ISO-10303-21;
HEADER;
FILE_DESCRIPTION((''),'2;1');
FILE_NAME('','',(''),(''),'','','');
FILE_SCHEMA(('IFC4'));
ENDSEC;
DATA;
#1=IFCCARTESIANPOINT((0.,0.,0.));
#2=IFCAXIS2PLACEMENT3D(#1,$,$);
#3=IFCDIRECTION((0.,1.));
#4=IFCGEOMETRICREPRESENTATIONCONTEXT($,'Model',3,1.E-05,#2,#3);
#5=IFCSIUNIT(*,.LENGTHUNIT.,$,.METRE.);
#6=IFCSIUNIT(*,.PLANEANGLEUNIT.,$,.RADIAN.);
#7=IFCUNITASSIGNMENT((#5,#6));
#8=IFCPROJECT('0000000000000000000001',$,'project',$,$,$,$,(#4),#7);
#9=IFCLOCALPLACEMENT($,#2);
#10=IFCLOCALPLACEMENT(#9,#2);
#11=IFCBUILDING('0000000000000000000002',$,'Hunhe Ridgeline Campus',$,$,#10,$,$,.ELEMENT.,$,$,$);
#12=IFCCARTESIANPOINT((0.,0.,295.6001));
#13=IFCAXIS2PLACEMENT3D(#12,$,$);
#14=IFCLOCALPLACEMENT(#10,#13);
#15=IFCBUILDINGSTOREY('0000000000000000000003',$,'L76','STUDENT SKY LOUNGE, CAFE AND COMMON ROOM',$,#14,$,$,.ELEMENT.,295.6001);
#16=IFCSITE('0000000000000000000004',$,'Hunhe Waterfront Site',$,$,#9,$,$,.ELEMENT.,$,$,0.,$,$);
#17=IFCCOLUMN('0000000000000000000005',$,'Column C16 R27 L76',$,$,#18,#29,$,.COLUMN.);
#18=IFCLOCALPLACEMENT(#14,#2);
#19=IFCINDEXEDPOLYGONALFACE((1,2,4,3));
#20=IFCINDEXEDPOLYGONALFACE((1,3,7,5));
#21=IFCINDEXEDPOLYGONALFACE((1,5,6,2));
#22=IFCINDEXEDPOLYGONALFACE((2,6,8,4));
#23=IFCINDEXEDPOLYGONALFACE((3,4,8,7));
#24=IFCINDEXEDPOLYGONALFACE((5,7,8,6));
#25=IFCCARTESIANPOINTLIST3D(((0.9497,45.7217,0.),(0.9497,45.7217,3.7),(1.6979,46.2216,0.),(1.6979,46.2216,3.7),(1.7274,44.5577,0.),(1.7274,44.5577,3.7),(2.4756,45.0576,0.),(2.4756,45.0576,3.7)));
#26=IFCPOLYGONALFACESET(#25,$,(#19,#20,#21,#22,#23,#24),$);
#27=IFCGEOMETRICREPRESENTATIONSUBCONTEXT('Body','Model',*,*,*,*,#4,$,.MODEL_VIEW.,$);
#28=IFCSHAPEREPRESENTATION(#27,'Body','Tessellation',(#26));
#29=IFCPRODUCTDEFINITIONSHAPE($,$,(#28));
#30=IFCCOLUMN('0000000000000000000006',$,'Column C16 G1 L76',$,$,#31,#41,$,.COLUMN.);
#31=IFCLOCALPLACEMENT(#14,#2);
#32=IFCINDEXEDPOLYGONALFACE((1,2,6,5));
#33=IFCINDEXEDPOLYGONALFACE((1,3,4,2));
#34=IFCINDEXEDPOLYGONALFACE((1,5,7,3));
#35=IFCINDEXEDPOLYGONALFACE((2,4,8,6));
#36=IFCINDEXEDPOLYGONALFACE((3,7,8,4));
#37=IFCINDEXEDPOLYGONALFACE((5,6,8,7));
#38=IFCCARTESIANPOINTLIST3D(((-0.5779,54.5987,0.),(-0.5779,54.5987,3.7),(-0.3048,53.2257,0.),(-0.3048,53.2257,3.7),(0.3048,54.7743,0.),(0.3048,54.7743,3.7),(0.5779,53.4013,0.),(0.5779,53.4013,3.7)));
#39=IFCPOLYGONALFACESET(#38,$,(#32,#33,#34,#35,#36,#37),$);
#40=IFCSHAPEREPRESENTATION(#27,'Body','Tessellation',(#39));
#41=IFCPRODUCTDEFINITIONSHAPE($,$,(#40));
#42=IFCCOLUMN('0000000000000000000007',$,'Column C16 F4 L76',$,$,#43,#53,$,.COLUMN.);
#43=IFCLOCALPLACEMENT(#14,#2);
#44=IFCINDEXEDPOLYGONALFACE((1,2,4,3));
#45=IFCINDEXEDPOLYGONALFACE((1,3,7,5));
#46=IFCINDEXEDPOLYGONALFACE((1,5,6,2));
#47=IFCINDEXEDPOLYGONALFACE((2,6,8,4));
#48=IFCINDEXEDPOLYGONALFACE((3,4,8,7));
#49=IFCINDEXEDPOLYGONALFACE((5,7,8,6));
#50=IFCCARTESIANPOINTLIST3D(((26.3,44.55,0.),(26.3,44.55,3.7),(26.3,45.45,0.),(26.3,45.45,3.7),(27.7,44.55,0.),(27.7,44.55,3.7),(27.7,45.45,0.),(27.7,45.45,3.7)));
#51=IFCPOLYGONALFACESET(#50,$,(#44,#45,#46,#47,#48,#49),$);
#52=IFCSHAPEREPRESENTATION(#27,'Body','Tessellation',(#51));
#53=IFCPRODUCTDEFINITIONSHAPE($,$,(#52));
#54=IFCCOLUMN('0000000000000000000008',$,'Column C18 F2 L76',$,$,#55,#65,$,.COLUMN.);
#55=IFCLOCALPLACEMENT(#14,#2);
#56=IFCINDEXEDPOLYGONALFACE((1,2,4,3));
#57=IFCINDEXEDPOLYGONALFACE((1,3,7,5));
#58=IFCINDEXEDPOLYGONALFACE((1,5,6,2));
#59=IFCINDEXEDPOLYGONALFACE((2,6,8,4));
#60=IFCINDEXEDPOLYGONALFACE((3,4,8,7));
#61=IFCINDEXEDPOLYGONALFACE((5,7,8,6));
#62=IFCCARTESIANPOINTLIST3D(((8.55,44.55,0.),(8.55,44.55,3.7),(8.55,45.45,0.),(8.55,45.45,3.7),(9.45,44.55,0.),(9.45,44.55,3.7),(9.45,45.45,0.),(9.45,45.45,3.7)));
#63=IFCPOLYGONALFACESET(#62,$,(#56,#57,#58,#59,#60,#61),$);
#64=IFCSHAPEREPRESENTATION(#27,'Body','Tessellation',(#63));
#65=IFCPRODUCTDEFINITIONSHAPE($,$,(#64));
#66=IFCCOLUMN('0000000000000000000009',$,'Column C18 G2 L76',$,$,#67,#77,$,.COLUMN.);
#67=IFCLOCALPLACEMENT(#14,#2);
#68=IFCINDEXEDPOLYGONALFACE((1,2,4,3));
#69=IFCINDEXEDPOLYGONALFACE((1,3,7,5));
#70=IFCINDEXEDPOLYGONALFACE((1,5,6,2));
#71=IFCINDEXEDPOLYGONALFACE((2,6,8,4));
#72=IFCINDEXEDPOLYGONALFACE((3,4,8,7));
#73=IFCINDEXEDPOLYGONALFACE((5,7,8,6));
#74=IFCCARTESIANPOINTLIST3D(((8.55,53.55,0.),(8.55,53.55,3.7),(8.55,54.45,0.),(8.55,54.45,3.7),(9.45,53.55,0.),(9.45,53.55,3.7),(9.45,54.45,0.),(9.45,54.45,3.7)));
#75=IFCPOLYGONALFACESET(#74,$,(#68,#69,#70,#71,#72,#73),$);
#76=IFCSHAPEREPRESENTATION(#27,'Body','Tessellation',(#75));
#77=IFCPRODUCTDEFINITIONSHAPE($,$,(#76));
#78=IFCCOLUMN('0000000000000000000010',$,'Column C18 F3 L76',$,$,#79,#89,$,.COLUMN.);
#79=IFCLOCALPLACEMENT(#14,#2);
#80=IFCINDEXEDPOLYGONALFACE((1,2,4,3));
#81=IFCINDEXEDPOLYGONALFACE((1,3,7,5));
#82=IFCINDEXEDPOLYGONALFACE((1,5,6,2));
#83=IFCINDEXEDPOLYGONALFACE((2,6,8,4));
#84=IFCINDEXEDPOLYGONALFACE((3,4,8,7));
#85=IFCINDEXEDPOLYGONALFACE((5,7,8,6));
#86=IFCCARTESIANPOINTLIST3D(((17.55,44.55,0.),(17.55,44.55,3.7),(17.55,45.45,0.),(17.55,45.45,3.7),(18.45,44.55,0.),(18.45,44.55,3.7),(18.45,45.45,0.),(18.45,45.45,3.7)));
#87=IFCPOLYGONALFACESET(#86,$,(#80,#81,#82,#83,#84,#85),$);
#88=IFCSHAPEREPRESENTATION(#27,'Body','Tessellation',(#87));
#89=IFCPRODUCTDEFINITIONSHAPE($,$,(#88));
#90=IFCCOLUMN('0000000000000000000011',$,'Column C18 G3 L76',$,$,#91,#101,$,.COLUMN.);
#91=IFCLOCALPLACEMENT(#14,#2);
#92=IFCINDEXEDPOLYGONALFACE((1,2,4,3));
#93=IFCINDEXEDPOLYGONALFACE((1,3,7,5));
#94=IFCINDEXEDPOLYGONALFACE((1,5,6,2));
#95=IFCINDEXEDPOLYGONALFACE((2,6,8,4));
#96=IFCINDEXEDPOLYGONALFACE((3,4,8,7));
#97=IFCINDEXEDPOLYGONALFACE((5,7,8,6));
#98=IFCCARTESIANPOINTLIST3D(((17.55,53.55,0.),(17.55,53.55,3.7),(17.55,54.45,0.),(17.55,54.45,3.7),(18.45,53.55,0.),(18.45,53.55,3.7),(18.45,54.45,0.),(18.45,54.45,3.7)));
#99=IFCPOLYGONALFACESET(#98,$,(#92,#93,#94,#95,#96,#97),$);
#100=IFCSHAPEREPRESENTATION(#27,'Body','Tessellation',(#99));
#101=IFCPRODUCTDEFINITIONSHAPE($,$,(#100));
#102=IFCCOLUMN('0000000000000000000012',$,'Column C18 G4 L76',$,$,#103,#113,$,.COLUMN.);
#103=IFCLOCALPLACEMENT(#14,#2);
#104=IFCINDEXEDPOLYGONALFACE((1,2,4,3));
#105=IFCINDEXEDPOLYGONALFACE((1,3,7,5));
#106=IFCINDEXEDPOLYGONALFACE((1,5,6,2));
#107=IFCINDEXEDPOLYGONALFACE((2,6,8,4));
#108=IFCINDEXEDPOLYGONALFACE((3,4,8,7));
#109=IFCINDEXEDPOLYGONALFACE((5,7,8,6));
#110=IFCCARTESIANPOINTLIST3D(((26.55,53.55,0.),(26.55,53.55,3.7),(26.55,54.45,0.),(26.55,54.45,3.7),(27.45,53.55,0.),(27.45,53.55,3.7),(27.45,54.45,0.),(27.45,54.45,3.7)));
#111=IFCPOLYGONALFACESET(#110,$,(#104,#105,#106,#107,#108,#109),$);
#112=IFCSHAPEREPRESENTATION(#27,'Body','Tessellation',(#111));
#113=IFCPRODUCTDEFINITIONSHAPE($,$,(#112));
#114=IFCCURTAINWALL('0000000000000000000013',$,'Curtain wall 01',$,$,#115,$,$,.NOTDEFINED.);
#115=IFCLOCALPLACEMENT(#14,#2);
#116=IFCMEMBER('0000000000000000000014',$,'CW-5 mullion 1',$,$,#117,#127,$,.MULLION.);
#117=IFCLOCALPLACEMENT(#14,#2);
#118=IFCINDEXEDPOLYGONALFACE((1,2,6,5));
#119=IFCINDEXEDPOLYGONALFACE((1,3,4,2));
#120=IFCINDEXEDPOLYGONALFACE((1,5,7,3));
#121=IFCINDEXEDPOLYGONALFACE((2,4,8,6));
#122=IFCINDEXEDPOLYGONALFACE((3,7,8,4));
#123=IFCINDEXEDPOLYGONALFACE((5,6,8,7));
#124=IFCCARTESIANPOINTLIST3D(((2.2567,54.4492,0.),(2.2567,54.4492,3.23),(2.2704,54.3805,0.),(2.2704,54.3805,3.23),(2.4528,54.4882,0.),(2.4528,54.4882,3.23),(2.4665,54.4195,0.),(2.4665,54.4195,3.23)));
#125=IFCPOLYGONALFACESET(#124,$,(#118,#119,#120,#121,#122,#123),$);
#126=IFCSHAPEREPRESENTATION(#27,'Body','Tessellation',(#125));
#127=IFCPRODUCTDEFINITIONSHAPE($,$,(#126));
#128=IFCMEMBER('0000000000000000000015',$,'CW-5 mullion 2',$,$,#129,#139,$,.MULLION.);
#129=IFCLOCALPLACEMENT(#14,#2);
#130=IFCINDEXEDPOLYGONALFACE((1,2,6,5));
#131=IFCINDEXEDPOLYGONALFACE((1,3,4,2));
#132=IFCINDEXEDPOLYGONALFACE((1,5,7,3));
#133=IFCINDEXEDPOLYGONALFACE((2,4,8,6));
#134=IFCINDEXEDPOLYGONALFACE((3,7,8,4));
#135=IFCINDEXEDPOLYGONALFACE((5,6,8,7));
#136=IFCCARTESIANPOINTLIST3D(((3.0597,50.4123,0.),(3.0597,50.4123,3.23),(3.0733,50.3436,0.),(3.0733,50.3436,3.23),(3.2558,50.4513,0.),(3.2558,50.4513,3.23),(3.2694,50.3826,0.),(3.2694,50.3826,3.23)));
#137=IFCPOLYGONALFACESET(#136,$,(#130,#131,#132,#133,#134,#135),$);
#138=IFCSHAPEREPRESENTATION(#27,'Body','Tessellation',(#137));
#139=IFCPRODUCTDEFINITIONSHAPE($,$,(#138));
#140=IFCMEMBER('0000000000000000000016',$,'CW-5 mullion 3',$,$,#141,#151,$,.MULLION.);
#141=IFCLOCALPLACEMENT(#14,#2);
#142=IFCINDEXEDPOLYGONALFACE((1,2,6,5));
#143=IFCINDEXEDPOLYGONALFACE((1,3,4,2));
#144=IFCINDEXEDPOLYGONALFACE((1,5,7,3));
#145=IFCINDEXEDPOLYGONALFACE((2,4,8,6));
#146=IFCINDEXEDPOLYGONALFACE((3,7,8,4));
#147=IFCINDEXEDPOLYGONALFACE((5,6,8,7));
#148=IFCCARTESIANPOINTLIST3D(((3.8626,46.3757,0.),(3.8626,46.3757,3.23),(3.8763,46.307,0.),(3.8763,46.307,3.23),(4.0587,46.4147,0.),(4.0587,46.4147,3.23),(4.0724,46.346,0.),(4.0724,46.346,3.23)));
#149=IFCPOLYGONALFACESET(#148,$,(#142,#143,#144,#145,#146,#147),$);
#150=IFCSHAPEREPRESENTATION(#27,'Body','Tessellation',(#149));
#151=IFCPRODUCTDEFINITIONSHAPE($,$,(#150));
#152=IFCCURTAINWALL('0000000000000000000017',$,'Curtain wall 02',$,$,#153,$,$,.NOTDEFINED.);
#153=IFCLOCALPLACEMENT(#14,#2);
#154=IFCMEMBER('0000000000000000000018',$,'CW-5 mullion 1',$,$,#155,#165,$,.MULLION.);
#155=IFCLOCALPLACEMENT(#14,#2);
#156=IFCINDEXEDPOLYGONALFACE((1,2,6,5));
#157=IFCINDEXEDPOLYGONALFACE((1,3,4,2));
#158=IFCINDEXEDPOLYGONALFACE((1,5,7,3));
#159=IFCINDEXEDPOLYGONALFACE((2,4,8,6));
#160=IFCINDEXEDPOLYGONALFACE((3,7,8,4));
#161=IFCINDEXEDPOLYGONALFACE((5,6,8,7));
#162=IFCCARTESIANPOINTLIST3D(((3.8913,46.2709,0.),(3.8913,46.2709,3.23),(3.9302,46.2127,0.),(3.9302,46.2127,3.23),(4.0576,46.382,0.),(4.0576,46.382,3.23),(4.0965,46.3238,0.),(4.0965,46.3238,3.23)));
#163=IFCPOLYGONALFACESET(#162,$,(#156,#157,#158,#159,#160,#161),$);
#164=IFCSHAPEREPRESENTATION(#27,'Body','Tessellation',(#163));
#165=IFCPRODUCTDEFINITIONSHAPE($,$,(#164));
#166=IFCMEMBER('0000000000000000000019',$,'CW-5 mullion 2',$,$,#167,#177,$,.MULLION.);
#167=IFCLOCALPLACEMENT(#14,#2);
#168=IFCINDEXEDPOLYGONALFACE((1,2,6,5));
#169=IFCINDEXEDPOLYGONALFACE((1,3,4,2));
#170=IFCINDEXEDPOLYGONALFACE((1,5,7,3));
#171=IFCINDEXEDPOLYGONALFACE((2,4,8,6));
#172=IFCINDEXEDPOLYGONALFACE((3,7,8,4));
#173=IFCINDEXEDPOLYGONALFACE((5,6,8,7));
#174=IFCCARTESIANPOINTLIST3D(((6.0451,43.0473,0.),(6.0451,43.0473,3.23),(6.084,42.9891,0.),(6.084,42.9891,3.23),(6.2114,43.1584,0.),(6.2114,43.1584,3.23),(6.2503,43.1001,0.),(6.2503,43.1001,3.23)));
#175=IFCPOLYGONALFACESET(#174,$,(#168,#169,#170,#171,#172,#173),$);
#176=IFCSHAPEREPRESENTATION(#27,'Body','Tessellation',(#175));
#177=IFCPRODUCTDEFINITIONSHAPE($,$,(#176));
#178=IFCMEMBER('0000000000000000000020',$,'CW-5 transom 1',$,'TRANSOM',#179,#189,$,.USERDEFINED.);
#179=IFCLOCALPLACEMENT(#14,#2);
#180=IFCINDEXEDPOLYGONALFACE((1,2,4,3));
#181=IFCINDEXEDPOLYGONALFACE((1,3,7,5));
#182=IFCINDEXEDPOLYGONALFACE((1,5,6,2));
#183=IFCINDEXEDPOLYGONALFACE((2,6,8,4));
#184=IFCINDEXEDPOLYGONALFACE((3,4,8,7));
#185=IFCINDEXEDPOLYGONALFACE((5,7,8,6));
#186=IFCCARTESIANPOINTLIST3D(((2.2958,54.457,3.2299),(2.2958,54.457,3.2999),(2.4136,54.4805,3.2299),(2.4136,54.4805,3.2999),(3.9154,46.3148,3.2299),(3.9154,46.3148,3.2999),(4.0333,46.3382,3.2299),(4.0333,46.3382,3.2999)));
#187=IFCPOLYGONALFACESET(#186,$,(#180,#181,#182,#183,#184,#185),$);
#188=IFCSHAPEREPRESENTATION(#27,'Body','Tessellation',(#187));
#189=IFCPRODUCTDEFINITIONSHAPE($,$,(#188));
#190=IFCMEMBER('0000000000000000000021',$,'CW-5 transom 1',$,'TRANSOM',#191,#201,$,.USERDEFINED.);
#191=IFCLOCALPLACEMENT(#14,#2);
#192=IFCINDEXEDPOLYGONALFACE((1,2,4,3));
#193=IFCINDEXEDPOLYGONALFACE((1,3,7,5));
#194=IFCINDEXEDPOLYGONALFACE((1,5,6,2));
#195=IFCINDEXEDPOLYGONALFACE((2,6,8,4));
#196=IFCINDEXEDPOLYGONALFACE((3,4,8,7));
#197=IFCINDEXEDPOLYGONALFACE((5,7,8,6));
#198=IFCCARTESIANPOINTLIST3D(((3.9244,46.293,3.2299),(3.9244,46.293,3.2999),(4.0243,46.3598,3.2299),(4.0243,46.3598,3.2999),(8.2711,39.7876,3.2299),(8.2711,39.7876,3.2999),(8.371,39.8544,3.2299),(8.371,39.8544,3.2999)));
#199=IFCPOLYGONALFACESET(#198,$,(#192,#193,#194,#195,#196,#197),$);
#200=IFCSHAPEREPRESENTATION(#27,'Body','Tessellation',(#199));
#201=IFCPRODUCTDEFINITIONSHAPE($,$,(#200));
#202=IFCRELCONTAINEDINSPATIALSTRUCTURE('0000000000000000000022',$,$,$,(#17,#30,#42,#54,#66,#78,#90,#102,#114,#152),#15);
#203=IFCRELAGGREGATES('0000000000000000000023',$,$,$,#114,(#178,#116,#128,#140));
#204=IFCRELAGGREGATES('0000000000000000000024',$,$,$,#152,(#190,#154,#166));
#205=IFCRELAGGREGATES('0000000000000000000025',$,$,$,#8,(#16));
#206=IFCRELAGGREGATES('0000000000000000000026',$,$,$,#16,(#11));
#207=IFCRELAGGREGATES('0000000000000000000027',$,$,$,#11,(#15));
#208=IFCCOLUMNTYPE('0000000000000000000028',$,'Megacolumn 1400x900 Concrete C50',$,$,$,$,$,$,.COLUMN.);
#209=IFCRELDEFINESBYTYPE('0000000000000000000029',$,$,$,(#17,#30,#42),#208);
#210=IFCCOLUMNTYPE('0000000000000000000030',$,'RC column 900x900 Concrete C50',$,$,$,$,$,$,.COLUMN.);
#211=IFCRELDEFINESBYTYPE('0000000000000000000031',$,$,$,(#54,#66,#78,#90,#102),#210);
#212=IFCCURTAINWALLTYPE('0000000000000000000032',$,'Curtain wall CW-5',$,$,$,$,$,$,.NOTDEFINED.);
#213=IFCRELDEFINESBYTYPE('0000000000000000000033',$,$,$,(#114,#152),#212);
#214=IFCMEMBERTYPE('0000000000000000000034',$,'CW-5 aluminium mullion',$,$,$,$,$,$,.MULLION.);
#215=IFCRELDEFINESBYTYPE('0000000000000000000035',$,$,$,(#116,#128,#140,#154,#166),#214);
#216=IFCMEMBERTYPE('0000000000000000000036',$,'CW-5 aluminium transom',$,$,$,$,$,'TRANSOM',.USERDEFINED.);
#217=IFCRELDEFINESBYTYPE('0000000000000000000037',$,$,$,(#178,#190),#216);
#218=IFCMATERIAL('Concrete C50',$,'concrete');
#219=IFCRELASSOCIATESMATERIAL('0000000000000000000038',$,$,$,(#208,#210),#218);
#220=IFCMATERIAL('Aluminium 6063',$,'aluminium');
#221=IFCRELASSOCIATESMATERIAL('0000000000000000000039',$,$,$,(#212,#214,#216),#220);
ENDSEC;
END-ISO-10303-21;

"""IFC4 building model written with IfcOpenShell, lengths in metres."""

from ifc_helpers import new_model, si_unit, direction, frame, origin, origin_2d, place, context, subcontext, project, spatial, rectangle, extrude, material, material_profile, profile_set, type_object, element, aggregate, save


model = new_model("IFC4")

# Units and contexts
model_context = context("Model", 3, precision=1e-05, world=origin(), true_north=direction((0.0, 1.0)))
body_context = subcontext(model_context, "Body", "Model", "MODEL_VIEW")
ifc_project = project(units=[si_unit("LENGTHUNIT", "METRE"), si_unit("PLANEANGLEUNIT", "RADIAN")], contexts=[model_context])

# Site, building, storey
site_placement = place(None, origin())
site = spatial("IfcSite", under=ifc_project, at=site_placement, Name="Hunhe Waterfront Site", CompositionType="ELEMENT", RefElevation=0.0)
building_placement = place(site_placement, origin())
building = spatial("IfcBuilding", under=site, at=building_placement, Name="Hunhe Ridgeline Campus", CompositionType="ELEMENT")
storey_placement = place(building_placement, frame((0.0, 0.0, 295.6001)))
storey = spatial("IfcBuildingStorey", under=building, at=storey_placement, Name="L76", Description="STUDENT SKY LOUNGE, CAFE AND COMMON ROOM", CompositionType="ELEMENT", Elevation=295.6001)

# Columns
ifc_material_1 = material(Name="Concrete C50", Category="concrete")
ifc_material_profile_1 = material_profile(ifc_material_1, rectangle(XDim=1.3999, YDim=0.8999, at=origin_2d()))
ifc_profile_set_1 = profile_set([ifc_material_profile_1], Name="Concrete C50")
column_type_1 = type_object("IfcColumnType", Name="Megacolumn 1400x900 Concrete C50", PredefinedType="COLUMN", material=ifc_profile_set_1)
for number, where, z_axis, x_axis, name in (
    (1, (1.7126, 45.3896, 0.0), (0.0, 0.0, 1.0), (-0.55557, 0.83147, 0.0), "Column C16 R27 L76"),
    (2, (0.0, 54.0, 0.0), (0.0, 0.0, 1.0), (-0.19509, 0.980785, 0.0), "Column C16 G1 L76"),
    (3, (27.0, 45.0, 0.0), (0.0, 0.0, 1.0), (1.0, 0.0, 0.0), "Column C16 F4 L76"),
):
    element("IfcColumn", number, at=place(storey_placement, frame(where, z_axis=z_axis, x_axis=x_axis)), inside=storey, type_object=column_type_1, Name=name, PredefinedType="COLUMN", context=body_context, shape_type="SweptSolid", body=[
        extrude(rectangle(XDim=1.3999, YDim=0.8999, at=origin_2d()), origin(), (0.0, 0.0, 1.0), 3.7),
    ])
ifc_material_profile_2 = material_profile(ifc_material_1, rectangle(XDim=0.8999, YDim=0.8999, at=origin_2d()))
ifc_profile_set_2 = profile_set([ifc_material_profile_2], Name="Concrete C50")
column_type_2 = type_object("IfcColumnType", Name="RC column 900x900 Concrete C50", PredefinedType="COLUMN", material=ifc_profile_set_2)
for number, where, z_axis, x_axis, name in (
    (4, (9.0, 45.0, 0.0), (0.0, 0.0, 1.0), (1.0, 0.0, 0.0), "Column C18 F2 L76"),
    (5, (9.0, 54.0, 0.0), (0.0, 0.0, 1.0), (1.0, 0.0, 0.0), "Column C18 G2 L76"),
    (6, (18.0, 45.0, 0.0), (0.0, 0.0, 1.0), (1.0, 0.0, 0.0), "Column C18 F3 L76"),
    (7, (18.0, 54.0, 0.0), (0.0, 0.0, 1.0), (1.0, 0.0, 0.0), "Column C18 G3 L76"),
    (8, (27.0, 54.0, 0.0), (0.0, 0.0, 1.0), (1.0, 0.0, 0.0), "Column C18 G4 L76"),
):
    element("IfcColumn", number, at=place(storey_placement, frame(where, z_axis=z_axis, x_axis=x_axis)), inside=storey, type_object=column_type_2, Name=name, PredefinedType="COLUMN", context=body_context, shape_type="SweptSolid", body=[
        extrude(rectangle(XDim=0.8999, YDim=0.8999, at=origin_2d()), origin(), (0.0, 0.0, 1.0), 3.7),
    ])

# Curtain walls, members
ifc_material_2 = material(Name="Aluminium 6063", Category="aluminium")
curtain_wall_type = type_object("IfcCurtainWallType", Name="Curtain wall CW-5", PredefinedType="NOTDEFINED", material=ifc_material_2)
curtain_wall_1_placement = place(storey_placement, origin())
curtain_wall_1 = element("IfcCurtainWall", 9, at=curtain_wall_1_placement, inside=storey, type_object=curtain_wall_type, Name="Curtain wall 01", PredefinedType="NOTDEFINED")
ifc_material_profile_3 = material_profile(ifc_material_2, rectangle(XDim=0.2, YDim=0.0701, at=origin_2d()))
ifc_profile_set_3 = profile_set([ifc_material_profile_3], Name="Aluminium 6063")
member_type_1 = type_object("IfcMemberType", Name="CW-5 aluminium mullion", PredefinedType="MULLION", material=ifc_profile_set_3)
member_1_placement = place(storey_placement, frame((2.3616, 54.4343, 0.0), z_axis=(0.0, 0.0, 1.0), x_axis=(0.980784, 0.195095, 0.0)))
member_1 = element("IfcMember", 10, at=member_1_placement, type_object=member_type_1, Name="CW-5 mullion 1", PredefinedType="MULLION", context=body_context, shape_type="SweptSolid", body=[
    extrude(rectangle(XDim=0.2, YDim=0.0701, at=origin_2d()), origin(), (0.0, 0.0, 1.0), 3.23),
])
member_2_placement = place(storey_placement, frame((3.1646, 50.3975, 0.0), z_axis=(0.0, 0.0, 1.0), x_axis=(0.980784, 0.195095, 0.0)))
member_2 = element("IfcMember", 11, at=member_2_placement, type_object=member_type_1, Name="CW-5 mullion 2", PredefinedType="MULLION", context=body_context, shape_type="SweptSolid", body=[
    extrude(rectangle(XDim=0.2, YDim=0.0701, at=origin_2d()), origin(), (0.0, 0.0, 1.0), 3.23),
])
member_3_placement = place(storey_placement, frame((3.9675, 46.3608, 0.0), z_axis=(0.0, 0.0, 1.0), x_axis=(0.980784, 0.195095, 0.0)))
member_3 = element("IfcMember", 12, at=member_3_placement, type_object=member_type_1, Name="CW-5 mullion 3", PredefinedType="MULLION", context=body_context, shape_type="SweptSolid", body=[
    extrude(rectangle(XDim=0.2, YDim=0.0701, at=origin_2d()), origin(), (0.0, 0.0, 1.0), 3.23),
])
curtain_wall_2_placement = place(storey_placement, origin())
curtain_wall_2 = element("IfcCurtainWall", 13, at=curtain_wall_2_placement, inside=storey, type_object=curtain_wall_type, Name="Curtain wall 02", PredefinedType="NOTDEFINED")
member_4_placement = place(storey_placement, frame((3.9939, 46.2974, 0.0), z_axis=(0.0, 0.0, 1.0), x_axis=(0.83147, 0.55557, 0.0)))
member_4 = element("IfcMember", 14, at=member_4_placement, type_object=member_type_1, Name="CW-5 mullion 1", PredefinedType="MULLION", context=body_context, shape_type="SweptSolid", body=[
    extrude(rectangle(XDim=0.2, YDim=0.0701, at=origin_2d()), origin(), (0.0, 0.0, 1.0), 3.23),
])
member_5_placement = place(storey_placement, frame((6.1477, 43.0737, 0.0), z_axis=(0.0, 0.0, 1.0), x_axis=(0.83147, 0.55557, 0.0)))
member_5 = element("IfcMember", 15, at=member_5_placement, type_object=member_type_1, Name="CW-5 mullion 2", PredefinedType="MULLION", context=body_context, shape_type="SweptSolid", body=[
    extrude(rectangle(XDim=0.2, YDim=0.0701, at=origin_2d()), origin(), (0.0, 0.0, 1.0), 3.23),
])

# Members
ifc_material_profile_4 = material_profile(ifc_material_2, rectangle(XDim=0.1201, YDim=0.0701, at=origin_2d()))
ifc_profile_set_4 = profile_set([ifc_material_profile_4], Name="Aluminium 6063")
member_type_2 = type_object("IfcMemberType", Name="CW-5 aluminium transom", ElementType="TRANSOM", PredefinedType="USERDEFINED", material=ifc_profile_set_4)
member_6_placement = place(storey_placement, frame((2.3547, 54.4688, 3.2649), z_axis=(0.195092, -0.980785, 0.0), x_axis=(0.980785, 0.195092, 0.0)))
member_6 = element("IfcMember", 16, at=member_6_placement, type_object=member_type_2, Name="CW-5 transom 1", ObjectType="TRANSOM", PredefinedType="USERDEFINED", context=body_context, shape_type="SweptSolid", body=[
    extrude(rectangle(XDim=0.1201, YDim=0.0701, at=origin_2d()), origin(), (0.0, 0.0, 1.0), 8.3018),
])
member_7_placement = place(storey_placement, frame((3.9744, 46.3264, 3.2649), z_axis=(0.555564, -0.831474, 0.0), x_axis=(0.831474, 0.555564, 0.0)))
member_7 = element("IfcMember", 17, at=member_7_placement, type_object=member_type_2, Name="CW-5 transom 1", ObjectType="TRANSOM", PredefinedType="USERDEFINED", context=body_context, shape_type="SweptSolid", body=[
    extrude(rectangle(XDim=0.1201, YDim=0.0701, at=origin_2d()), origin(), (0.0, 0.0, 1.0), 7.824),
])

aggregate(curtain_wall_1, [member_6, member_1, member_2, member_3])
aggregate(curtain_wall_2, [member_7, member_4, member_5])

save(model, "model.ifc")
